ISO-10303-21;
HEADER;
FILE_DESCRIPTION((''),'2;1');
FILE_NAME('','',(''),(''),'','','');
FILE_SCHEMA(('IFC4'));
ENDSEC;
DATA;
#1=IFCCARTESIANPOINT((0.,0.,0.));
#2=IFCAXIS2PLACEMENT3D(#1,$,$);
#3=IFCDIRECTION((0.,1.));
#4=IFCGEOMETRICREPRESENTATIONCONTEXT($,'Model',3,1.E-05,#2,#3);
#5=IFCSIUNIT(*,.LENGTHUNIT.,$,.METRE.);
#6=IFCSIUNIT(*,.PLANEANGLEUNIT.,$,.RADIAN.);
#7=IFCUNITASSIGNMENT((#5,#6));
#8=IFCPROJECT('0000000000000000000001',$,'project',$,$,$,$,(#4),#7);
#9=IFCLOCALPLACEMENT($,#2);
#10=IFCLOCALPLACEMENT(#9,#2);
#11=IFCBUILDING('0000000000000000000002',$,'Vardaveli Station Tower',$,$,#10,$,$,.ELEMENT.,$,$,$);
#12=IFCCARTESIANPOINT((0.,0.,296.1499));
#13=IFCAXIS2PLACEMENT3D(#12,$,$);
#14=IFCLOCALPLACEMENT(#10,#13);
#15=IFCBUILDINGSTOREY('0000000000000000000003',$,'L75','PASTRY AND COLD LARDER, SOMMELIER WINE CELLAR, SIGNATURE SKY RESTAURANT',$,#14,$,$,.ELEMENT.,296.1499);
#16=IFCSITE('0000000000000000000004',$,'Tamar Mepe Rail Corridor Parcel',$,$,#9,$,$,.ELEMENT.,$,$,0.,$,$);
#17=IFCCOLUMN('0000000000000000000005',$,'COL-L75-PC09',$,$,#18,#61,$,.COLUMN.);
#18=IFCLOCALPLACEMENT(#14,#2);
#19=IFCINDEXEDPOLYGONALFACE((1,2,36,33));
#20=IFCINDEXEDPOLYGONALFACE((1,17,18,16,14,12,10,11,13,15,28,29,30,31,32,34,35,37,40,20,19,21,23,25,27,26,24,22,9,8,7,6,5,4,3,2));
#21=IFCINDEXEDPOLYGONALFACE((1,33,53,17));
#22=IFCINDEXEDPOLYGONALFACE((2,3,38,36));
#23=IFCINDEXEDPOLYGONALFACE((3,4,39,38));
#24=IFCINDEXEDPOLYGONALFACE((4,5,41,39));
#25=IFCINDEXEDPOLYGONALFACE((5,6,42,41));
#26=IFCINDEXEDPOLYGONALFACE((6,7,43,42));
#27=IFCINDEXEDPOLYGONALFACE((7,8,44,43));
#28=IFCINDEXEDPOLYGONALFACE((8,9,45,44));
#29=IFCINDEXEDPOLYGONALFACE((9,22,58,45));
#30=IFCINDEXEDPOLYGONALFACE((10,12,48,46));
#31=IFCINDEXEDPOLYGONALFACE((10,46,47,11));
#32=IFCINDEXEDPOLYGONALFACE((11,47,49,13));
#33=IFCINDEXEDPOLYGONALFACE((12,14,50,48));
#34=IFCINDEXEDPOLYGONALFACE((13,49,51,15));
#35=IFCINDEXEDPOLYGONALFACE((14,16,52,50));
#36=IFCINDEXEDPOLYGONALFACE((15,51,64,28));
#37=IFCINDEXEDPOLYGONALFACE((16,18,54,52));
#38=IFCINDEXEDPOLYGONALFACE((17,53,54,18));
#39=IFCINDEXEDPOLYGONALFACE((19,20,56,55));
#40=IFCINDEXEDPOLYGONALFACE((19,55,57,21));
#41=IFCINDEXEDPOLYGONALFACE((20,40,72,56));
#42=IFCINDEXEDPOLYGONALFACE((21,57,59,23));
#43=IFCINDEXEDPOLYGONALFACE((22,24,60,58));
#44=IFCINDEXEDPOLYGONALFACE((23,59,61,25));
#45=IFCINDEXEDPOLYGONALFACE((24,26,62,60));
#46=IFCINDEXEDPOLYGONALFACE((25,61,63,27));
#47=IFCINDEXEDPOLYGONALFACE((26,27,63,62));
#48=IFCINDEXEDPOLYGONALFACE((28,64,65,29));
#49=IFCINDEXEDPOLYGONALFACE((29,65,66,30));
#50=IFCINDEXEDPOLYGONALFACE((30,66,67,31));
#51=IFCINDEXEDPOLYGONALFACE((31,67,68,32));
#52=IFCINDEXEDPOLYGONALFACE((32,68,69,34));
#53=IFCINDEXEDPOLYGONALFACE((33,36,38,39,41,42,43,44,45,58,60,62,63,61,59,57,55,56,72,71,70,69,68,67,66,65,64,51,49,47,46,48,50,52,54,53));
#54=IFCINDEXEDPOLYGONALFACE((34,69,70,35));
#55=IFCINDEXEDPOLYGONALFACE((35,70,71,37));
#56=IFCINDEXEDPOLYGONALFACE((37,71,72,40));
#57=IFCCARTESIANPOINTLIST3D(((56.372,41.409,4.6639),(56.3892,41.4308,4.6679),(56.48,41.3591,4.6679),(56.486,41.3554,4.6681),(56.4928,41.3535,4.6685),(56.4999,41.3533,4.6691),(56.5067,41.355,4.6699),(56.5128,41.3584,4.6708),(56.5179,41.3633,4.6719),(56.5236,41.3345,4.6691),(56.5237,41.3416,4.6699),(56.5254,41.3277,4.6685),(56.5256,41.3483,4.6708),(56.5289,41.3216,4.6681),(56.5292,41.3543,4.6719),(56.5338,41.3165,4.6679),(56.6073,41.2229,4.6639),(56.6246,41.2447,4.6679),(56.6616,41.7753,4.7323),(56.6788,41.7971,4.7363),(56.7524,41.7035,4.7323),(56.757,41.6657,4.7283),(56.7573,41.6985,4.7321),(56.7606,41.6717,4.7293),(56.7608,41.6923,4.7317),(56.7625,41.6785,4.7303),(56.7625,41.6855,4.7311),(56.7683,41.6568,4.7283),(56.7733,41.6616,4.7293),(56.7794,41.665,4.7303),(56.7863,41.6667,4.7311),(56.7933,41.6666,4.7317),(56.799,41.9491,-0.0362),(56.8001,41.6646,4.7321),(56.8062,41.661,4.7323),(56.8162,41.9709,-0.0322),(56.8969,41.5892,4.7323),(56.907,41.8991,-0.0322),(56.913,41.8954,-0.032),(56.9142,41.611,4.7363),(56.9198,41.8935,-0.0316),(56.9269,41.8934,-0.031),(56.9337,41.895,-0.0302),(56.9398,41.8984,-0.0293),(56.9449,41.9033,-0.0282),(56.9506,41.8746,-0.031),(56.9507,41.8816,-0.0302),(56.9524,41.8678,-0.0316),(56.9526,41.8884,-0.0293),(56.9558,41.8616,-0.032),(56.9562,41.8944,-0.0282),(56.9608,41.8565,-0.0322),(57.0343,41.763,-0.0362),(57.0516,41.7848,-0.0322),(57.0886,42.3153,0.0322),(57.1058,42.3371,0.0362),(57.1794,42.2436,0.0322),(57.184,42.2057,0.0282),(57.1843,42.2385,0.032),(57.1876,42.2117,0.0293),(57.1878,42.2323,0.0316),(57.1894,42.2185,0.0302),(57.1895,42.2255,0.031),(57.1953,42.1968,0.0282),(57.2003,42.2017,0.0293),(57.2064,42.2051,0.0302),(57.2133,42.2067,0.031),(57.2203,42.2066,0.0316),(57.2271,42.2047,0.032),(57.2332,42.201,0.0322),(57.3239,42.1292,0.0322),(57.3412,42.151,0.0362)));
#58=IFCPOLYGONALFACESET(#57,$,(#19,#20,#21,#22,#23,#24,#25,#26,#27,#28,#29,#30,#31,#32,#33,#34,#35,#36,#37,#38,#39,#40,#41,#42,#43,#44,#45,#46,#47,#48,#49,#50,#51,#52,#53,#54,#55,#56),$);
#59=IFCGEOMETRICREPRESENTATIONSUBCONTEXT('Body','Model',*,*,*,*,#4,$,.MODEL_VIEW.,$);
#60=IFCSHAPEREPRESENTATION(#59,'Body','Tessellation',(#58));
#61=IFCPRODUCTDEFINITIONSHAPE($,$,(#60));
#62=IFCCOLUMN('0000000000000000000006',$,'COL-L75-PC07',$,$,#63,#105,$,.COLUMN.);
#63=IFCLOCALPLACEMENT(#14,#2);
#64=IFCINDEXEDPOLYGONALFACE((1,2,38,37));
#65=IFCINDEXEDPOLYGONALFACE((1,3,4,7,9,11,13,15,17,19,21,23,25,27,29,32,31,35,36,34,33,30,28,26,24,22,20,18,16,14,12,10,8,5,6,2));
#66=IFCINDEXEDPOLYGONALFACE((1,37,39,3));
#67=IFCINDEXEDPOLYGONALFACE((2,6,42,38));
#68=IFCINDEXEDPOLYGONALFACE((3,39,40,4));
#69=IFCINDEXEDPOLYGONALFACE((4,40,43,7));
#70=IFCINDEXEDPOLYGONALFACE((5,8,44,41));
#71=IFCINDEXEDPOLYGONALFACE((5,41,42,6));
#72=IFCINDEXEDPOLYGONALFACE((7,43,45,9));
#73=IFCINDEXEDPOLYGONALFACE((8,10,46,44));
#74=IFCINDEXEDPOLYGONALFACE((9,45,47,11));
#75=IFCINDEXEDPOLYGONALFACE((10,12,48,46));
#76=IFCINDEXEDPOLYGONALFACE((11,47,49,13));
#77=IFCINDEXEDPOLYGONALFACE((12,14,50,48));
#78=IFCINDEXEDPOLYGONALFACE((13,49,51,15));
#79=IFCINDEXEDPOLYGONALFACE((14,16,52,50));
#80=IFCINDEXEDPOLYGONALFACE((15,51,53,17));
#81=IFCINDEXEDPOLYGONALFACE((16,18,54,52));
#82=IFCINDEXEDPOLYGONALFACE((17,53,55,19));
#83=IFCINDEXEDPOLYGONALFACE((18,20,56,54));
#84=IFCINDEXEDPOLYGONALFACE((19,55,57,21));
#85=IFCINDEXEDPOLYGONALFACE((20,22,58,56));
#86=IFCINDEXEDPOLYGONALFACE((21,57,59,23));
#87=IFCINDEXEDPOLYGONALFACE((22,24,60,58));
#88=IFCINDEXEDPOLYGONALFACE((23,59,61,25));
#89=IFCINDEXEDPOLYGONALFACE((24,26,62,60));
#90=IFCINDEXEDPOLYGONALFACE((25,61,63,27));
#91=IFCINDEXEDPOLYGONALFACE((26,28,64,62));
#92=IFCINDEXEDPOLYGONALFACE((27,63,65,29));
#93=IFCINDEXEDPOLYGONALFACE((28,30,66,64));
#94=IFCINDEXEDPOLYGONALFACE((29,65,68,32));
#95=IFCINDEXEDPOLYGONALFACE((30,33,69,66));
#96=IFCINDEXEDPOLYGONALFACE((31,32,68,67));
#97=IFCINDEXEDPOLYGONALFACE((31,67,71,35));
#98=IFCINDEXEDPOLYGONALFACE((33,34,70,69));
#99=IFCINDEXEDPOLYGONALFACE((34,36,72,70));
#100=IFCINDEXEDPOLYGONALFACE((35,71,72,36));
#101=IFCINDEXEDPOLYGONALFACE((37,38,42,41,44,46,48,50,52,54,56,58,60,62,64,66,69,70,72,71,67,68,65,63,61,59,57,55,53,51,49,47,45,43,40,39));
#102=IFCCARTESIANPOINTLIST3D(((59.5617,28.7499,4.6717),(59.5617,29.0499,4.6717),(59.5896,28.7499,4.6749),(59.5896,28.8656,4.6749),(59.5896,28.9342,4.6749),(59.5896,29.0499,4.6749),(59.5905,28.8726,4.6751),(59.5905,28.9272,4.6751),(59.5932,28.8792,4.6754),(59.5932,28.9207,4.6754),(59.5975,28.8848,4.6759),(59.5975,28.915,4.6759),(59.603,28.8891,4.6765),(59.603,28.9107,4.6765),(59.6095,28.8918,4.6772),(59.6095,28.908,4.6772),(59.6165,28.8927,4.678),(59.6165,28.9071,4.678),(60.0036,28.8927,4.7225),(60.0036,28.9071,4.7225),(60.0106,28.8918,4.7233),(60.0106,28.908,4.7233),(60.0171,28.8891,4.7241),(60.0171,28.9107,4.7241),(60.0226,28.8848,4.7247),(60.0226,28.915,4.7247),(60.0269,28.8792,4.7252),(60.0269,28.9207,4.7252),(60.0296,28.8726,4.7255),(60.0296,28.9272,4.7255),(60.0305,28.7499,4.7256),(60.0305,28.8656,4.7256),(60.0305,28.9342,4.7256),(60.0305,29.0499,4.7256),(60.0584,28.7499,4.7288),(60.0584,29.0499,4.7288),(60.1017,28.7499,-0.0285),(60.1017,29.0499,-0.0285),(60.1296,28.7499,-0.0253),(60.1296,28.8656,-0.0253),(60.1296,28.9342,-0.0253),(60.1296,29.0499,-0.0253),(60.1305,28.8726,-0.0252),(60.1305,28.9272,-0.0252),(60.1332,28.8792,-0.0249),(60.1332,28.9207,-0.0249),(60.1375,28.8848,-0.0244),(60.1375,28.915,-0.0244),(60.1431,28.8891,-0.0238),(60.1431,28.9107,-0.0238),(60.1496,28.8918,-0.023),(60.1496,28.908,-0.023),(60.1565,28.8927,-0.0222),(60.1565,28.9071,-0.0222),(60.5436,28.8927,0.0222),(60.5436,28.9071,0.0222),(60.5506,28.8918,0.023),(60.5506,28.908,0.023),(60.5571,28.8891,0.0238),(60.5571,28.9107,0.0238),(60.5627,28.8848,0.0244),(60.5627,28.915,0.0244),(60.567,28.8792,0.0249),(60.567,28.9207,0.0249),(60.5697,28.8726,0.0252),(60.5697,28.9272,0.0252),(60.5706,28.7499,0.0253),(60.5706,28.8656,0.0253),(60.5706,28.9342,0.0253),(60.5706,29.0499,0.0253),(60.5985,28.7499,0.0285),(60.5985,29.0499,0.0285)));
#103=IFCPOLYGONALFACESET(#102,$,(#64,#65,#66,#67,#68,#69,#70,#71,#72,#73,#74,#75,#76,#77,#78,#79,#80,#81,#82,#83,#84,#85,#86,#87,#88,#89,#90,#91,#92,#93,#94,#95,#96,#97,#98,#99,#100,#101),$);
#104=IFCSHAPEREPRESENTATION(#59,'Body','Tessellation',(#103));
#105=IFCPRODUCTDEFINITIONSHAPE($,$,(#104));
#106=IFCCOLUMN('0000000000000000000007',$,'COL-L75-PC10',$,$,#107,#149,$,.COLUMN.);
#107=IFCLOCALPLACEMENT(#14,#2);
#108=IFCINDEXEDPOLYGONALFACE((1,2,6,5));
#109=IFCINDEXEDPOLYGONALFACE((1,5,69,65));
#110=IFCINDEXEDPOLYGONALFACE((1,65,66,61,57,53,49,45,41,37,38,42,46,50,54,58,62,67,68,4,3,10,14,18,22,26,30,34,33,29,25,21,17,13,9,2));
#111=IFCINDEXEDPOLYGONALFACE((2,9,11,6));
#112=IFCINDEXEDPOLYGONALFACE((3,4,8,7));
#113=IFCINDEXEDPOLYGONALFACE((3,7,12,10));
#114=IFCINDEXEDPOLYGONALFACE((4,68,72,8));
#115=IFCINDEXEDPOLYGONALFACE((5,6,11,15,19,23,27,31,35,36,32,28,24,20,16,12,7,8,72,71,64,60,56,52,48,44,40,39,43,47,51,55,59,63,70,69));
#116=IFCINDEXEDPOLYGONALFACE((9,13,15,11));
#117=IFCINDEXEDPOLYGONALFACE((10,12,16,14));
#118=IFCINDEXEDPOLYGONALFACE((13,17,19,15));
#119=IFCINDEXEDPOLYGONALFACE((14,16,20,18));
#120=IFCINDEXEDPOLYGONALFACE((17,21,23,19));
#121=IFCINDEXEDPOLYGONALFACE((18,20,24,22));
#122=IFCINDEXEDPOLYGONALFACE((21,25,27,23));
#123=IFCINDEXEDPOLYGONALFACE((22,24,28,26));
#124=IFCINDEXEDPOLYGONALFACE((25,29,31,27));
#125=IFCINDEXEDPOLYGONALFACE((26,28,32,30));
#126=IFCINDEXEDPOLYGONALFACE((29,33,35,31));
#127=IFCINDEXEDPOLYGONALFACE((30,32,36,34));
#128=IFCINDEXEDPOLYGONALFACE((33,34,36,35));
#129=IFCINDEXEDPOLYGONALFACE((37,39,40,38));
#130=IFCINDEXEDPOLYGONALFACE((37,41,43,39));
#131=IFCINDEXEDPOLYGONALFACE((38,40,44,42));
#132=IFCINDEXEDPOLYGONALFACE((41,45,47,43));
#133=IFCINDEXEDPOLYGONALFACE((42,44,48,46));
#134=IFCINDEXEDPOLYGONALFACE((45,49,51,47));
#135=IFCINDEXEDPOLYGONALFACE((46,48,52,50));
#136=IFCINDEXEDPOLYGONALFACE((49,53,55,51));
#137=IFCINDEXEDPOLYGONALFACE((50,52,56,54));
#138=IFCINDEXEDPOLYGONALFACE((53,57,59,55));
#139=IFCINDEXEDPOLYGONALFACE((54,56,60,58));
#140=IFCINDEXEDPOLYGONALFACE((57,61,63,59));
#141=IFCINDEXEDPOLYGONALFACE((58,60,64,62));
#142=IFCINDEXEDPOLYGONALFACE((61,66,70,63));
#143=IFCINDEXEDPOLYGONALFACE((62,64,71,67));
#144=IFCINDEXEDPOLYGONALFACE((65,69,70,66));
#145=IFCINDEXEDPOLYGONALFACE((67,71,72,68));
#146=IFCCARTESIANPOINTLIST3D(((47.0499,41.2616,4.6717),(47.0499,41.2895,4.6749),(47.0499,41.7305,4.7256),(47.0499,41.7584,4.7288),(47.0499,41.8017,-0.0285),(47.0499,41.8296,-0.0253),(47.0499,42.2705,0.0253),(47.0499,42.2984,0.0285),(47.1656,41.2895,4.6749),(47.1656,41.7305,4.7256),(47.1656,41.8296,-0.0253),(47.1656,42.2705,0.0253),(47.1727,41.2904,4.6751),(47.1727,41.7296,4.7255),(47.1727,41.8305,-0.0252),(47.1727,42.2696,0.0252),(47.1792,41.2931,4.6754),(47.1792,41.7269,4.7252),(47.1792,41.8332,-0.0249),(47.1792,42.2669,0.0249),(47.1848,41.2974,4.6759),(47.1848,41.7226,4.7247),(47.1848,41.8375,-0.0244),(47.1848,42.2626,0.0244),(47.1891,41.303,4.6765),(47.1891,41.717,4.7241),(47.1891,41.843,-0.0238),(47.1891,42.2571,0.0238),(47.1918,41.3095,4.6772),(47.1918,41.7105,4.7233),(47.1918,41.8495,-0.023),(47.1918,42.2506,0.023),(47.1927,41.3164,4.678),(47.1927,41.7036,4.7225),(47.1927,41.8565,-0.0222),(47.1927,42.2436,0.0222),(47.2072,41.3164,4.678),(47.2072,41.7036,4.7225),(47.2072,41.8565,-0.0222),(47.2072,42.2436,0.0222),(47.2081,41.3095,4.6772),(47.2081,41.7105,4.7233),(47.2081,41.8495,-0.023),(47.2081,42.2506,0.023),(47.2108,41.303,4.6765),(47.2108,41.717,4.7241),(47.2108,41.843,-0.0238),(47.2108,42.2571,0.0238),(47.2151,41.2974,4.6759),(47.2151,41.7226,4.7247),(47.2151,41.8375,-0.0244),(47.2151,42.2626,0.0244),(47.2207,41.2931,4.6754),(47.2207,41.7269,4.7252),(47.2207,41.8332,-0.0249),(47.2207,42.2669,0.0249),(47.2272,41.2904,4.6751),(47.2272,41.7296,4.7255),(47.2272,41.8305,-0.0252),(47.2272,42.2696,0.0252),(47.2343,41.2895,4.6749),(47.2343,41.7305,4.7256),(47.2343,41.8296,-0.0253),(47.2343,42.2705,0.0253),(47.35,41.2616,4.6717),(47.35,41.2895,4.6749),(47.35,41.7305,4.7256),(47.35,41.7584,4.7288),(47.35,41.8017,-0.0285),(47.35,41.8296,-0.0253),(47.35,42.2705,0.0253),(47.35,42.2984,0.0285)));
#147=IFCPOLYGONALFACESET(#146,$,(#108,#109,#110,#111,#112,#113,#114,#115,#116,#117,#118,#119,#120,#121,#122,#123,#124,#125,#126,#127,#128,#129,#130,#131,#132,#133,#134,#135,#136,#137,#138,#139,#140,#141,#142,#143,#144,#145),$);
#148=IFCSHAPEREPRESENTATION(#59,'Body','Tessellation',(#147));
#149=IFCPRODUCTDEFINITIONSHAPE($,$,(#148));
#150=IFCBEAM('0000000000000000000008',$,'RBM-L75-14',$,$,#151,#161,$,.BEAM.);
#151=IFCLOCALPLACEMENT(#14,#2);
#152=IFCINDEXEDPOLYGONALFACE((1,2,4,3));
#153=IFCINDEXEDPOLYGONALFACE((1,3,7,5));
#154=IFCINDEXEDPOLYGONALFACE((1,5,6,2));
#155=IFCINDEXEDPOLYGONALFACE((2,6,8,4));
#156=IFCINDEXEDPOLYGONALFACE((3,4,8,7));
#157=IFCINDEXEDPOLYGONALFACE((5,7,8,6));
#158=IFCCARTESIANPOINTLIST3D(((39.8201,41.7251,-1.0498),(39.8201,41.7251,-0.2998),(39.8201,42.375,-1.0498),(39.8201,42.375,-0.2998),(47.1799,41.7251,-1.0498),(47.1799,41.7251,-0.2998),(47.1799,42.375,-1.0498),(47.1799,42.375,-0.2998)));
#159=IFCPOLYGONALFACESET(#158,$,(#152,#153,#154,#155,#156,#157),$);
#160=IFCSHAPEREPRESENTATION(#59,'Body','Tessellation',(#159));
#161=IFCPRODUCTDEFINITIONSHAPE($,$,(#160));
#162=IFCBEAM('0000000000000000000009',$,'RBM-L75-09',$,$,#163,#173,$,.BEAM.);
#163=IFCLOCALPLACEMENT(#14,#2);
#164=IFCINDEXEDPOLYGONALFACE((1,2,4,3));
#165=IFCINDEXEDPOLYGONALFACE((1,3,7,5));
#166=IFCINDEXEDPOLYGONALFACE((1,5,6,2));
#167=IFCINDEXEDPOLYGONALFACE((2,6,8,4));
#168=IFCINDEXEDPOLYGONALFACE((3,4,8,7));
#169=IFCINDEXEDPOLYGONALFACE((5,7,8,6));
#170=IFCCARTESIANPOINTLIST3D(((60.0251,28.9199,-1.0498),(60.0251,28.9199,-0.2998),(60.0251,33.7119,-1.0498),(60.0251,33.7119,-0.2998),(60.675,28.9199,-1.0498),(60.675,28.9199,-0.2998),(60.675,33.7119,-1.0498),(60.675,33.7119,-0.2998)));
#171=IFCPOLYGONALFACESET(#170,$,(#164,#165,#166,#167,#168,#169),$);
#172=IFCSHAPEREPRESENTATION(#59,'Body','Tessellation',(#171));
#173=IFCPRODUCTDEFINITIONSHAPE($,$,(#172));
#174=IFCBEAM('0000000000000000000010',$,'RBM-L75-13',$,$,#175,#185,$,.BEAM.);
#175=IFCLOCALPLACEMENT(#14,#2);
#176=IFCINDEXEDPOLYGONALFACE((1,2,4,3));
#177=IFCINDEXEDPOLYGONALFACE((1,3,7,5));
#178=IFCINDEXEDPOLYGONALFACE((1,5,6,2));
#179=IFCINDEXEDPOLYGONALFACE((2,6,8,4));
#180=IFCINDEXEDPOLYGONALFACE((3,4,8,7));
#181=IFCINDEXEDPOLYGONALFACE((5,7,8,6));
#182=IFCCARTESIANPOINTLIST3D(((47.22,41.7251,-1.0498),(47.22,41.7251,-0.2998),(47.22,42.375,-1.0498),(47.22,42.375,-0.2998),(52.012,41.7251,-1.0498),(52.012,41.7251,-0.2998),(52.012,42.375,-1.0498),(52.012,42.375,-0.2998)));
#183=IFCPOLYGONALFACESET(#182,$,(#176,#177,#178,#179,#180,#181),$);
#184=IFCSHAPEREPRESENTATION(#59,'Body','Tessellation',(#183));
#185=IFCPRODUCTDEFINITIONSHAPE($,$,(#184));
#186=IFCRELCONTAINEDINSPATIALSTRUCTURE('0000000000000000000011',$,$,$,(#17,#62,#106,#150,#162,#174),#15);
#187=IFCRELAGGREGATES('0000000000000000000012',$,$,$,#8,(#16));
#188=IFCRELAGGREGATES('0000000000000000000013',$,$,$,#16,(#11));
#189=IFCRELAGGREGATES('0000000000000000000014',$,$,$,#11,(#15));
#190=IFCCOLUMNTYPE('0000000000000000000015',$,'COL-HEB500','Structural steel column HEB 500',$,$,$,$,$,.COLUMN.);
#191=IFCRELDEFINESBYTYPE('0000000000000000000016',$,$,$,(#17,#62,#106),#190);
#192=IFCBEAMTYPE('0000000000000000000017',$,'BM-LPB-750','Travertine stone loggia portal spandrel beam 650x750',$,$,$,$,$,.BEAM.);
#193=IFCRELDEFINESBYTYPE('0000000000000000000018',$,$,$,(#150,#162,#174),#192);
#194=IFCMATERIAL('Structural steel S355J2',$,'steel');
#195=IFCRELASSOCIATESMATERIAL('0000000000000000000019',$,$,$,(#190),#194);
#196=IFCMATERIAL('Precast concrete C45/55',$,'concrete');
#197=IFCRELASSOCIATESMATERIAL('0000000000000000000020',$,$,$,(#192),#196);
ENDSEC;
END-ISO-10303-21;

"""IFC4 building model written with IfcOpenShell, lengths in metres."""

from ifc_helpers import new_model, si_unit, direction, frame, origin, origin_2d, place, context, subcontext, project, spatial, rectangle, i_section, extrude, source, transform, mapped, material, material_profile, profile_set, type_object, element, save


model = new_model("IFC4")

# Units and contexts
model_context = context("Model", 3, precision=1e-05, world=origin(), true_north=direction((0.0, 1.0)))
body_context = subcontext(model_context, "Body", "Model", "MODEL_VIEW")
ifc_project = project(units=[si_unit("LENGTHUNIT", "METRE"), si_unit("PLANEANGLEUNIT", "RADIAN")], contexts=[model_context])

# Site, building, storey
site_placement = place(None, origin())
site = spatial("IfcSite", under=ifc_project, at=site_placement, Name="Tamar Mepe Rail Corridor Parcel", CompositionType="ELEMENT", RefElevation=0.0)
building_placement = place(site_placement, origin())
building = spatial("IfcBuilding", under=site, at=building_placement, Name="Vardaveli Station Tower", CompositionType="ELEMENT")
storey_placement = place(building_placement, frame((0.0, 0.0, 296.1499)))
storey = spatial("IfcBuildingStorey", under=building, at=storey_placement, Name="L75", Description="PASTRY AND COLD LARDER, SOMMELIER WINE CELLAR, SIGNATURE SKY RESTAURANT", CompositionType="ELEMENT", Elevation=296.1499)

# Columns
ifc_material_1 = material(Name="Structural steel S355J2", Category="steel")
ifc_material_profile_1 = material_profile(ifc_material_1, i_section(OverallWidth=0.3, OverallDepth=0.5, WebThickness=0.0144, FlangeThickness=0.0281, FilletRadius=0.0271, at=origin_2d()), Name="HEB 500")
ifc_profile_set_1 = profile_set([ifc_material_profile_1], Name="Structural steel S355J2")
column_type_1 = type_object("IfcColumnType", Name="COL-HEB500", Description="Structural steel column HEB 500", PredefinedType="COLUMN", material=ifc_profile_set_1)
shared_shape_1 = source(origin(), body_context, "Body", "SweptSolid", [
    extrude(i_section(OverallWidth=0.3, OverallDepth=0.5, WebThickness=0.0144, FlangeThickness=0.0281, FilletRadius=0.0271, at=origin_2d()), origin(), (0.0, 0.0, 1.0), 4.7502),
])
for number, where, z_axis, x_axis, name in (
    (1, (57.0701, 42.05, 0.0), (-0.089889, -0.113684, 0.989442), (0.78442, -0.620231, 0.0), "COL-L75-PC09"),
):
    element("IfcColumn", number, at=place(storey_placement, frame(where, z_axis=z_axis, x_axis=x_axis)), inside=storey, type_object=column_type_1, Name=name, PredefinedType="COLUMN", context=body_context, shape_type="MappedRepresentation", body=[
        mapped(shared_shape_1, transform((0.0, 0.0, 0.0), scale=1.0)),
    ])
shared_shape_2 = source(origin(), body_context, "Body", "SweptSolid", [
    extrude(i_section(OverallWidth=0.3, OverallDepth=0.5, WebThickness=0.0144, FlangeThickness=0.0281, FilletRadius=0.0271, at=origin_2d()), origin(), (0.0, 0.0, 1.0), 4.7312),
])
for number, where, z_axis, x_axis, name in (
    (2, (60.3501, 28.8999, 0.0), (-0.114146, 0.0, 0.993464), (0.0, -1.0, 0.0), "COL-L75-PC07"),
    (3, (47.2, 42.05, 0.0), (0.0, -0.114146, 0.993464), (1.0, 0.0, 0.0), "COL-L75-PC10"),
):
    element("IfcColumn", number, at=place(storey_placement, frame(where, z_axis=z_axis, x_axis=x_axis)), inside=storey, type_object=column_type_1, Name=name, PredefinedType="COLUMN", context=body_context, shape_type="MappedRepresentation", body=[
        mapped(shared_shape_2, transform((0.0, 0.0, 0.0), scale=1.0)),
    ])

# Beams
ifc_material_2 = material(Name="Precast concrete C45/55", Category="concrete")
ifc_material_profile_2 = material_profile(ifc_material_2, rectangle(XDim=0.6499, YDim=0.75, at=origin_2d()), Name="LPB 650x750")
ifc_profile_set_2 = profile_set([ifc_material_profile_2], Name="Precast concrete C45/55")
beam_type = type_object("IfcBeamType", Name="BM-LPB-750", Description="Travertine stone loggia portal spandrel beam 650x750", PredefinedType="BEAM", material=ifc_profile_set_2)
shared_shape_3 = source(origin(), body_context, "Body", "SweptSolid", [
    extrude(rectangle(XDim=0.6499, YDim=0.75, at=origin_2d()), origin(), (0.0, 0.0, 1.0), 7.3599),
])
beam_1_placement = place(storey_placement, frame((47.1799, 42.05, -0.6748), z_axis=(-1.0, 0.0, 0.0), x_axis=(0.0, -1.0, 0.0)))
element("IfcBeam", 4, at=beam_1_placement, inside=storey, type_object=beam_type, Name="RBM-L75-14", PredefinedType="BEAM", context=body_context, shape_type="MappedRepresentation", body=[
    mapped(shared_shape_3, transform((0.0, 0.0, 0.0), scale=1.0)),
])
shared_shape_4 = source(origin(), body_context, "Body", "SweptSolid", [
    extrude(rectangle(XDim=0.6499, YDim=0.75, at=origin_2d()), origin(), (0.0, 0.0, 1.0), 4.792),
])
for number, where, z_axis, x_axis, name in (
    (5, (60.3501, 28.9199, -0.6748), (0.0, 1.0, 0.0), (-1.0, 0.0, 0.0), "RBM-L75-09"),
    (6, (52.012, 42.05, -0.6748), (-1.0, 0.0, 0.0), (0.0, -1.0, 0.0), "RBM-L75-13"),
):
    element("IfcBeam", number, at=place(storey_placement, frame(where, z_axis=z_axis, x_axis=x_axis)), inside=storey, type_object=beam_type, Name=name, PredefinedType="BEAM", context=body_context, shape_type="MappedRepresentation", body=[
        mapped(shared_shape_4, transform((0.0, 0.0, 0.0), scale=1.0)),
    ])

save(model, "model.ifc")
